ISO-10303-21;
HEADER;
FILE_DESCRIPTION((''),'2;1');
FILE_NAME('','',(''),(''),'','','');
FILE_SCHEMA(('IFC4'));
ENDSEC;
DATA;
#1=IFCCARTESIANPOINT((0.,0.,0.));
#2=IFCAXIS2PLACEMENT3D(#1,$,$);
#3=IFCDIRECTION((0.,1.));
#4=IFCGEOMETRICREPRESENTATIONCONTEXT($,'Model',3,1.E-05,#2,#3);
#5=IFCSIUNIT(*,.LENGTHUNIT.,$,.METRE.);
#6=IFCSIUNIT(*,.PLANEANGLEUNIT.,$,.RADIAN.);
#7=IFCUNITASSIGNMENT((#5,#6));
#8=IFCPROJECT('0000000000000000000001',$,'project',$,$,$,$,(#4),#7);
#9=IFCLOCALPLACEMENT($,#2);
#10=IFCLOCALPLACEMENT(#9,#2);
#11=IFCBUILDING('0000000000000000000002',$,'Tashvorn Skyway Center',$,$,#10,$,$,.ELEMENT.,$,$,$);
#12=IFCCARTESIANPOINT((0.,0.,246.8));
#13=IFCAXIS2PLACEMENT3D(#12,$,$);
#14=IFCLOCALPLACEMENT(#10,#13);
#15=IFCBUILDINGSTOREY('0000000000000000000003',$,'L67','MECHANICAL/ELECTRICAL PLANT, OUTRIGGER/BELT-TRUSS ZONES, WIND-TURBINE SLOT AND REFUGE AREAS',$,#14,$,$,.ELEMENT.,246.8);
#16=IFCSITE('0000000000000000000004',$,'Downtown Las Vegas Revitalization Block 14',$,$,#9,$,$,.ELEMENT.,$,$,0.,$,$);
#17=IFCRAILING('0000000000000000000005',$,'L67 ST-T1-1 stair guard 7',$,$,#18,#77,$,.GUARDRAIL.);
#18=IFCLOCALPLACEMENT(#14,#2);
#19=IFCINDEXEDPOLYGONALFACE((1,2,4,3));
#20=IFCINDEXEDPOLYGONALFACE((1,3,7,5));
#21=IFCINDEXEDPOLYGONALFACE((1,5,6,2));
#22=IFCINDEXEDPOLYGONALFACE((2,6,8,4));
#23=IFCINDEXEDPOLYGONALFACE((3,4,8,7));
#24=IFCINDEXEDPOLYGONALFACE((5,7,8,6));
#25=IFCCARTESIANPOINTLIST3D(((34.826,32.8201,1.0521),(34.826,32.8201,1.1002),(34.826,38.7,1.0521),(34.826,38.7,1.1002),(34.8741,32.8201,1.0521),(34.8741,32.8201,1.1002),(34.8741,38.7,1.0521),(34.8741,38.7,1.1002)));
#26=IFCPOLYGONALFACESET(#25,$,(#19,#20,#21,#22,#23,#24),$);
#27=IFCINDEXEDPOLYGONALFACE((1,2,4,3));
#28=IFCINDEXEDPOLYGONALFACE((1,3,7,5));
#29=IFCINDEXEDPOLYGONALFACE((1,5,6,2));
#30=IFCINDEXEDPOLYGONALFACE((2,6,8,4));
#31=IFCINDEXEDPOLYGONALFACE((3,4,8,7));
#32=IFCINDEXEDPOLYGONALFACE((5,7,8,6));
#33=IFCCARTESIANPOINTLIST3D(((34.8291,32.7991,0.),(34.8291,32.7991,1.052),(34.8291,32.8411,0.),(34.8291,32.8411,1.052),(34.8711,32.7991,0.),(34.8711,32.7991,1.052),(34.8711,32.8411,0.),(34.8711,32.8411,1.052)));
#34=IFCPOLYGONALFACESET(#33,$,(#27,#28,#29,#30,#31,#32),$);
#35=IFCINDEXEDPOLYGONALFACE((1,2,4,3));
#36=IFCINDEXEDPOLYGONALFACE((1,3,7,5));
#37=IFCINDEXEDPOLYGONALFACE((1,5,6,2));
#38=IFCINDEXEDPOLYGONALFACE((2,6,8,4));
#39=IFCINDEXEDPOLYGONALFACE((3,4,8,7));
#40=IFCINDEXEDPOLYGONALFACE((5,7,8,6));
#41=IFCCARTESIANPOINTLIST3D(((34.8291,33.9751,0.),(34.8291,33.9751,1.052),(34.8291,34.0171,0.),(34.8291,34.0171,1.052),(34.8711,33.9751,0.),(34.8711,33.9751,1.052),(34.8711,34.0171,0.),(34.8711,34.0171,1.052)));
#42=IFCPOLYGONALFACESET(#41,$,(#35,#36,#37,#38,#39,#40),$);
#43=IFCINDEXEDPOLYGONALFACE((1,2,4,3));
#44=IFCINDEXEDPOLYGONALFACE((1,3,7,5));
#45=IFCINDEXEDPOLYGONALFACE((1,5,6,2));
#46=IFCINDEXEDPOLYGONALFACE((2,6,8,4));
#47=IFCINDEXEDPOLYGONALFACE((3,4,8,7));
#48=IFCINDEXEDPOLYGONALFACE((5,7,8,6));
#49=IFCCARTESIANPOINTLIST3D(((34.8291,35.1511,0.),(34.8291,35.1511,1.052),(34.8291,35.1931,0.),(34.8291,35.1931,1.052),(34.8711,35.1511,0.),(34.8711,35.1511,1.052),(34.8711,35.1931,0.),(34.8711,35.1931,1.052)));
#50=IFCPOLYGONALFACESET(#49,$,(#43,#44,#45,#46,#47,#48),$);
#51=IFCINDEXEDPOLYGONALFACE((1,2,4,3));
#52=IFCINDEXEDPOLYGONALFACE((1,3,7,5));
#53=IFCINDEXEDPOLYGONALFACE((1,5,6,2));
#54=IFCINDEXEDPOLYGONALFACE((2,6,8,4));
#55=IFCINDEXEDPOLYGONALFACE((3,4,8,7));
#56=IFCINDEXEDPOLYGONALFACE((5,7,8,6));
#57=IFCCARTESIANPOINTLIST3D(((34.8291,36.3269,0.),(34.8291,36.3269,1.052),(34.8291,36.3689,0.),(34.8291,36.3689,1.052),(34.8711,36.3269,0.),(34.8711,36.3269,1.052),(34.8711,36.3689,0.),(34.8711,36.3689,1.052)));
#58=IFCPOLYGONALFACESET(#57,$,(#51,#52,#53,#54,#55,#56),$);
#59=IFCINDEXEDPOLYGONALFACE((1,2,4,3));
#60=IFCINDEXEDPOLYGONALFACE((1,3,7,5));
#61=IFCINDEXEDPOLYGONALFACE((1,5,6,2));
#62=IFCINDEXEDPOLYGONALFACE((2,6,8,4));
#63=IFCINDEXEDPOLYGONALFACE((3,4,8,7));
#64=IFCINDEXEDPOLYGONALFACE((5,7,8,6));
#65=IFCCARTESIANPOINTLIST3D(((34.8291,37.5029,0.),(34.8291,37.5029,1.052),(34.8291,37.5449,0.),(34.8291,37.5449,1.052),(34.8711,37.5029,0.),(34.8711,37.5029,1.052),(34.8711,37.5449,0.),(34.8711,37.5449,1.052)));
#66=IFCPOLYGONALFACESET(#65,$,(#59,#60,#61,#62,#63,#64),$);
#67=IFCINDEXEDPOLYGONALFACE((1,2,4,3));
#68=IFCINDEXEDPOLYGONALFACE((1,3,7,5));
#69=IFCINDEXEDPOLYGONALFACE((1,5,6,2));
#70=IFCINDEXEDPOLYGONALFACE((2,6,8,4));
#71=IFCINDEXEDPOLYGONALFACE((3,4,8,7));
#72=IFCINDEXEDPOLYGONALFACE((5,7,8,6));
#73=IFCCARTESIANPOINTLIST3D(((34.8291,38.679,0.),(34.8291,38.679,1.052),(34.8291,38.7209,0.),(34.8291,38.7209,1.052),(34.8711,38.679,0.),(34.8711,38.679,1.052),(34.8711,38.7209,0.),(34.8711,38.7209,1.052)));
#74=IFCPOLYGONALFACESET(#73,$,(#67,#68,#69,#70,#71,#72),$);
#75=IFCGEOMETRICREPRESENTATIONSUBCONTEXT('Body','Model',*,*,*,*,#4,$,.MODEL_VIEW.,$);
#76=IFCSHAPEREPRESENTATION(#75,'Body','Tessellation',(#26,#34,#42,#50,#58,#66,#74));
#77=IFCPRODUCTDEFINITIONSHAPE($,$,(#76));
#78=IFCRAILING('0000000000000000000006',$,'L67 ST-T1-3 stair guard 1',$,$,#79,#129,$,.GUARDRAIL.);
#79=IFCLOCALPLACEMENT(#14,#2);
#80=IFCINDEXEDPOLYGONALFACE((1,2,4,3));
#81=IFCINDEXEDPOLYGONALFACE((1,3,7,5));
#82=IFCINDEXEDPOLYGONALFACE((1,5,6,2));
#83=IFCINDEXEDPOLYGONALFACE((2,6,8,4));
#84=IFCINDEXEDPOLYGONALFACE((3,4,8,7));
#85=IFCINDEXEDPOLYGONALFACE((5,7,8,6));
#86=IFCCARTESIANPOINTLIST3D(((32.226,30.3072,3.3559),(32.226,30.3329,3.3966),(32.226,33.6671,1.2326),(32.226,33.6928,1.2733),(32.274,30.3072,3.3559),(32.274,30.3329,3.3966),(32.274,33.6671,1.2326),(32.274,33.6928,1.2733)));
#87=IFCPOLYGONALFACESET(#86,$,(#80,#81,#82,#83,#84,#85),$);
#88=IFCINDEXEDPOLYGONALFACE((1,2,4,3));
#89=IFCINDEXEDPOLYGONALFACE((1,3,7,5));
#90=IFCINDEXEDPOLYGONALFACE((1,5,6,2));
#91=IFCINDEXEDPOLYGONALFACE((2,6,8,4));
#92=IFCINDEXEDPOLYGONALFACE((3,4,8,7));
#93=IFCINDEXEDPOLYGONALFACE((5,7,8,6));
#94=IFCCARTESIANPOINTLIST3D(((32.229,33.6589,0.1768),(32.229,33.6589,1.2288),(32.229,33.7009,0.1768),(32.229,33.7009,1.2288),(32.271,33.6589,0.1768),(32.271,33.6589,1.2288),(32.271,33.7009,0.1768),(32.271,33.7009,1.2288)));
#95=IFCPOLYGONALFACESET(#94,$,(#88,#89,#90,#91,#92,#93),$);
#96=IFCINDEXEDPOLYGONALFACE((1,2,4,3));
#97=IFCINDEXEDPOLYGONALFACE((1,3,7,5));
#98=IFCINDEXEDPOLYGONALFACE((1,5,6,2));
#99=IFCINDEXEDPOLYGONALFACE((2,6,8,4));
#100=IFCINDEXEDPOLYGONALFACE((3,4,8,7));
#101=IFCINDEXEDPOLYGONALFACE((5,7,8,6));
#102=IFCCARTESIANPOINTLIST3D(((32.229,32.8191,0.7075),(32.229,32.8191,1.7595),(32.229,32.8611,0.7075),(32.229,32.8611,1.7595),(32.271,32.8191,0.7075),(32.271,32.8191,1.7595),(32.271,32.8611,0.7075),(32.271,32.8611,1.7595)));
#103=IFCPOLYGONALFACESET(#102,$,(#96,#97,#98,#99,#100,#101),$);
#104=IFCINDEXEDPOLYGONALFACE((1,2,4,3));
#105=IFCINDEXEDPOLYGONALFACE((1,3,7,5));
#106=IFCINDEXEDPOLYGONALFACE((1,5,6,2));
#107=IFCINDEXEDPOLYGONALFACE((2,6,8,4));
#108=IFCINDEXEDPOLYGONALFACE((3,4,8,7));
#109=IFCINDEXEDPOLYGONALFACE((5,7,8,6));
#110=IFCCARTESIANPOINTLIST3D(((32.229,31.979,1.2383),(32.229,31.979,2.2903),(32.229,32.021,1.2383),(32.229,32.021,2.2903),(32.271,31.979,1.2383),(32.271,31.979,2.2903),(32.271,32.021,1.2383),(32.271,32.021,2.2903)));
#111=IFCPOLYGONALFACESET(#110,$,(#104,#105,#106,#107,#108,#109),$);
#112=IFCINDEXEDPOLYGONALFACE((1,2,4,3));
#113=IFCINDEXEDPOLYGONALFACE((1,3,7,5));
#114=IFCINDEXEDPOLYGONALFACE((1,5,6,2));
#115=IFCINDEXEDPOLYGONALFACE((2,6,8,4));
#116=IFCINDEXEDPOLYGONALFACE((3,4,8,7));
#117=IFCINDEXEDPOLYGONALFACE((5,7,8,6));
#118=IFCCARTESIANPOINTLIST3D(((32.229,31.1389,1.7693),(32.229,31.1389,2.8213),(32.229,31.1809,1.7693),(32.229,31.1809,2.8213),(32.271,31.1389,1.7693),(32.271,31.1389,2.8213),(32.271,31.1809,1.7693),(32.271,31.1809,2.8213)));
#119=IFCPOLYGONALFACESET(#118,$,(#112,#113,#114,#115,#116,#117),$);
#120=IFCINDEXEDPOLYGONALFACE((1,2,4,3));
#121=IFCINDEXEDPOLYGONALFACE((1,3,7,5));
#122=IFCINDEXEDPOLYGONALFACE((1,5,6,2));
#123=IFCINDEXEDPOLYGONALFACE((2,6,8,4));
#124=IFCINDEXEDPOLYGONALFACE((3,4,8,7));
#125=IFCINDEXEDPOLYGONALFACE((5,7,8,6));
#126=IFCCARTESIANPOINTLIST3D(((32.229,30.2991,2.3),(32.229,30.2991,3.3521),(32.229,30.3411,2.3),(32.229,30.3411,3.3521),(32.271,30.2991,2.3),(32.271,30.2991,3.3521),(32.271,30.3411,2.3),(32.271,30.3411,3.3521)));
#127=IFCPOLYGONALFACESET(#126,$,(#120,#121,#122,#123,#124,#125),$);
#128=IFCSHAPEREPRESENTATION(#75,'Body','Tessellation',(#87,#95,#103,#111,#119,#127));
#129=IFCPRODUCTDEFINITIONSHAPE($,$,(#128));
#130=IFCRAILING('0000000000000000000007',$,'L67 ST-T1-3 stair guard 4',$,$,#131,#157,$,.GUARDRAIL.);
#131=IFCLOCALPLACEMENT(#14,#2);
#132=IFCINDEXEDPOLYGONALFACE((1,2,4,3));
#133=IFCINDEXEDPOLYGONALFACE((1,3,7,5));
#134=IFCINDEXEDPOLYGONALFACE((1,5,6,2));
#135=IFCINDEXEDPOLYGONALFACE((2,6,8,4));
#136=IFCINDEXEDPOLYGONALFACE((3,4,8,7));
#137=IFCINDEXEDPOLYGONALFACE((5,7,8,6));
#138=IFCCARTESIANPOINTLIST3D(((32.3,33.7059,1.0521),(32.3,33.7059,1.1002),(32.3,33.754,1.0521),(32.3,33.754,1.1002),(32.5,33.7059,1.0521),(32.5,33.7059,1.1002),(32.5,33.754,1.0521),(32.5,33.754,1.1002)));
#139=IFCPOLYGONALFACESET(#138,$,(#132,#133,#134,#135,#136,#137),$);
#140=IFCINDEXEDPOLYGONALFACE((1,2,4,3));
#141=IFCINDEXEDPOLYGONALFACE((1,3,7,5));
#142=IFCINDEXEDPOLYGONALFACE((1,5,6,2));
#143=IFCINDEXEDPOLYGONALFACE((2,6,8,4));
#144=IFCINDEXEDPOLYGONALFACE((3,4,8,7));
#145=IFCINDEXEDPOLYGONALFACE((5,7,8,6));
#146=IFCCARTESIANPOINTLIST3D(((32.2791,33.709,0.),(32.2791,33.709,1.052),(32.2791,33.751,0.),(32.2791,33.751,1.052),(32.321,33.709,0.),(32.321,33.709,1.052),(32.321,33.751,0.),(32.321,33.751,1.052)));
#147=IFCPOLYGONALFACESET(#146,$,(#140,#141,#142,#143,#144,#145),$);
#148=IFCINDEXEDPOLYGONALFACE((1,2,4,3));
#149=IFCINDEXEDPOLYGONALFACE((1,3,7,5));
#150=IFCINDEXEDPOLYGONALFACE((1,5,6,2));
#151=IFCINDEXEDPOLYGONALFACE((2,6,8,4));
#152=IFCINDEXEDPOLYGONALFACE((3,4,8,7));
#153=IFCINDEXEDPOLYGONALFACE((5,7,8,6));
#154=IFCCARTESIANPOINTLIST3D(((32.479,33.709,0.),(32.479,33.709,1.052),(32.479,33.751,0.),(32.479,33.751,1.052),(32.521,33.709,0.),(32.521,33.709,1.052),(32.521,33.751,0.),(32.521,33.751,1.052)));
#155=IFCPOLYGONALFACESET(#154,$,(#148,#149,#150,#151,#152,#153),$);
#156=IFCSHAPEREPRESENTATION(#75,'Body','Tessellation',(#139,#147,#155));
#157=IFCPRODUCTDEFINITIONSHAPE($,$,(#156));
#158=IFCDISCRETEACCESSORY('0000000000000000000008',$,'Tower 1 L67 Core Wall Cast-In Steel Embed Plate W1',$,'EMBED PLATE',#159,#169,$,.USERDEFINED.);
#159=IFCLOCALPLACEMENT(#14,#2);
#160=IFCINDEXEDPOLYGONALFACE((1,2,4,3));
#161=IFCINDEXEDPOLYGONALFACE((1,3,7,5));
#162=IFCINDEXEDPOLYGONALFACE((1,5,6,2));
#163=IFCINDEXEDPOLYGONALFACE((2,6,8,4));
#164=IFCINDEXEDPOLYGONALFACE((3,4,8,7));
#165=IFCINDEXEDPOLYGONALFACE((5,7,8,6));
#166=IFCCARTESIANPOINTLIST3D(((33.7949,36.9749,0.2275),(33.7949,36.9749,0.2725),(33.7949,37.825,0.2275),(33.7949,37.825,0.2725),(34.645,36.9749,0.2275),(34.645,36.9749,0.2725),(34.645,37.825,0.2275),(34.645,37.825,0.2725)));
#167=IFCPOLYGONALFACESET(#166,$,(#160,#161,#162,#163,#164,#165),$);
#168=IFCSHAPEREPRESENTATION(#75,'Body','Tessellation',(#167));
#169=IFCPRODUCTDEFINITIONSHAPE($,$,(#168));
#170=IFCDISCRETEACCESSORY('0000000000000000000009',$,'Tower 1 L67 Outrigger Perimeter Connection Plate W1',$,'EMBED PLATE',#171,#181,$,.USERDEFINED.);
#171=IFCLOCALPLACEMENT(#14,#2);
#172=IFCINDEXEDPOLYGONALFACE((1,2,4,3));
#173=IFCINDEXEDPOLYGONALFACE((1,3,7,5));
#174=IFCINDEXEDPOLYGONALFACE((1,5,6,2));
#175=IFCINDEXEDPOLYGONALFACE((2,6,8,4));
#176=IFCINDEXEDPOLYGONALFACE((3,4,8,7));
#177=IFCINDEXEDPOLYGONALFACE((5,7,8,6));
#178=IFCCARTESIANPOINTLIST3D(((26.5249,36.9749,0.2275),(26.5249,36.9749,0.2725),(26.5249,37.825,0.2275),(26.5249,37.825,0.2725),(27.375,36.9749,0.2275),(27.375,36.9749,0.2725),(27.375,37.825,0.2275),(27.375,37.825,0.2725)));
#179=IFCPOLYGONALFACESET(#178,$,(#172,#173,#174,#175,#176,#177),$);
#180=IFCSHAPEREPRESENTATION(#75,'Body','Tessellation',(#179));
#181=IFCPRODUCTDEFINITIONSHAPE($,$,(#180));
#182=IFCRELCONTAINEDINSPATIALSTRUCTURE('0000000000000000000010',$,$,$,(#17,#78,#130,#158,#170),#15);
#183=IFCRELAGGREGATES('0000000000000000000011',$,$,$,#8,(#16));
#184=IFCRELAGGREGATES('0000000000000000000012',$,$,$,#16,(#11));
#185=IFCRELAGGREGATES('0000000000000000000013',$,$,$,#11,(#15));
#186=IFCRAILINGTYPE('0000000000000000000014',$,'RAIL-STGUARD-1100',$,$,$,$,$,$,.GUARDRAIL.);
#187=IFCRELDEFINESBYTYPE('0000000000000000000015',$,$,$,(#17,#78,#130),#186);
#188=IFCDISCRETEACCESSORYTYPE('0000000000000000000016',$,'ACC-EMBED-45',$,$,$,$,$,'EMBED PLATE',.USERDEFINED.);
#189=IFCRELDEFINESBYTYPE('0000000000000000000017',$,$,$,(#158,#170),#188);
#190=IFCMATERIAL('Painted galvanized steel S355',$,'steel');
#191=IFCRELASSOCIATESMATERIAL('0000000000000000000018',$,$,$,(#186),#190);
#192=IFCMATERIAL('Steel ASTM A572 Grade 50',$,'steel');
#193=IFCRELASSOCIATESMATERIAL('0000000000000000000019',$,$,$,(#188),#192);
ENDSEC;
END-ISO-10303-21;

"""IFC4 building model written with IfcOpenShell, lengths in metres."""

from ifc_helpers import new_model, si_unit, direction, frame, origin, origin_2d, place, context, subcontext, project, spatial, rectangle, extrude, material, type_object, element, save


model = new_model("IFC4")

# Units and contexts
model_context = context("Model", 3, precision=1e-05, world=origin(), true_north=direction((0.0, 1.0)))
body_context = subcontext(model_context, "Body", "Model", "MODEL_VIEW")
ifc_project = project(units=[si_unit("LENGTHUNIT", "METRE"), si_unit("PLANEANGLEUNIT", "RADIAN")], contexts=[model_context])

# Site, building, storey
site_placement = place(None, origin())
site = spatial("IfcSite", under=ifc_project, at=site_placement, Name="Downtown Las Vegas Revitalization Block 14", CompositionType="ELEMENT", RefElevation=0.0)
building_placement = place(site_placement, origin())
building = spatial("IfcBuilding", under=site, at=building_placement, Name="Tashvorn Skyway Center", CompositionType="ELEMENT")
storey_placement = place(building_placement, frame((0.0, 0.0, 246.8)))
storey = spatial("IfcBuildingStorey", under=building, at=storey_placement, Name="L67", Description="MECHANICAL/ELECTRICAL PLANT, OUTRIGGER/BELT-TRUSS ZONES, WIND-TURBINE SLOT AND REFUGE AREAS", CompositionType="ELEMENT", Elevation=246.8)

# Shared definitions
ifc_material_1 = material(Name="Steel ASTM A572 Grade 50", Category="steel")

# Railings
ifc_material_2 = material(Name="Painted galvanized steel S355", Category="steel")
railing_type_1 = type_object("IfcRailingType", Name="RAIL-STGUARD-1100", PredefinedType="GUARDRAIL", material=ifc_material_2)
railing_1_placement = place(storey_placement, frame((34.8501, 32.8201, 0.0)))
element("IfcRailing", 1, at=railing_1_placement, inside=storey, type_object=railing_type_1, Name="L67 ST-T1-1 stair guard 7", PredefinedType="GUARDRAIL", context=body_context, shape_type="SweptSolid", body=[
    extrude(rectangle(XDim=0.0481, YDim=0.0481, at=origin_2d()), frame((0.0, 0.0, 1.0762), z_axis=(0.0, 1.0, 0.0), x_axis=(-1.0, 0.0, 0.0)), (0.0, 0.0, 1.0), 5.8799),
    extrude(rectangle(XDim=0.042, YDim=0.042, at=origin_2d()), origin(), (0.0, 0.0, 1.0), 1.052),
    extrude(rectangle(XDim=0.042, YDim=0.042, at=origin_2d()), frame((0.0, 1.176, 0.0)), (0.0, 0.0, 1.0), 1.052),
    extrude(rectangle(XDim=0.042, YDim=0.042, at=origin_2d()), frame((0.0, 2.3521, 0.0)), (0.0, 0.0, 1.0), 1.052),
    extrude(rectangle(XDim=0.042, YDim=0.042, at=origin_2d()), frame((0.0, 3.5278, 0.0)), (0.0, 0.0, 1.0), 1.052),
    extrude(rectangle(XDim=0.042, YDim=0.042, at=origin_2d()), frame((0.0, 4.7039, 0.0)), (0.0, 0.0, 1.0), 1.052),
    extrude(rectangle(XDim=0.042, YDim=0.042, at=origin_2d()), frame((0.0, 5.8799, 0.0)), (0.0, 0.0, 1.0), 1.052),
])
railing_2_placement = place(storey_placement, frame((32.25, 33.6799, 0.1768)))
element("IfcRailing", 2, at=railing_2_placement, inside=storey, type_object=railing_type_1, Name="L67 ST-T1-3 stair guard 1", PredefinedType="GUARDRAIL", context=body_context, shape_type="SweptSolid", body=[
    extrude(rectangle(XDim=0.0481, YDim=0.0481, at=origin_2d()), frame((0.0, 0.0, 1.0762), z_axis=(0.0, -0.845344, 0.534222), x_axis=(1.0, 0.0, 0.0)), (0.0, 0.0, 1.0), 3.9746),
    extrude(rectangle(XDim=0.042, YDim=0.042, at=origin_2d()), origin(), (0.0, 0.0, 1.0), 1.052),
    extrude(rectangle(XDim=0.042, YDim=0.042, at=origin_2d()), frame((0.0, -0.8398, 0.5308)), (0.0, 0.0, 1.0), 1.052),
    extrude(rectangle(XDim=0.042, YDim=0.042, at=origin_2d()), frame((0.0, -1.6799, 1.0615)), (0.0, 0.0, 1.0), 1.052),
    extrude(rectangle(XDim=0.042, YDim=0.042, at=origin_2d()), frame((0.0, -2.52, 1.5925)), (0.0, 0.0, 1.0), 1.052),
    extrude(rectangle(XDim=0.042, YDim=0.042, at=origin_2d()), frame((0.0, -3.3599, 2.1233)), (0.0, 0.0, 1.0), 1.052),
])
railing_3_placement = place(storey_placement, frame((32.3, 33.73, 0.0)))
element("IfcRailing", 3, at=railing_3_placement, inside=storey, type_object=railing_type_1, Name="L67 ST-T1-3 stair guard 4", PredefinedType="GUARDRAIL", context=body_context, shape_type="SweptSolid", body=[
    extrude(rectangle(XDim=0.0481, YDim=0.0481, at=origin_2d()), frame((0.0, 0.0, 1.0762), z_axis=(1.0, 0.0, 0.0), x_axis=(0.0, 1.0, 0.0)), (0.0, 0.0, 1.0), 0.2),
    extrude(rectangle(XDim=0.042, YDim=0.042, at=origin_2d()), origin(), (0.0, 0.0, 1.0), 1.052),
    extrude(rectangle(XDim=0.042, YDim=0.042, at=origin_2d()), frame((0.2, 0.0, 0.0)), (0.0, 0.0, 1.0), 1.052),
])

# Discrete accessories
discrete_accessory_type = type_object("IfcDiscreteAccessoryType", Name="ACC-EMBED-45", ElementType="EMBED PLATE", PredefinedType="USERDEFINED", material=ifc_material_1)
for number, where, z_axis, x_axis, name in (
    (4, (34.22, 37.3999, 0.2275), (0.0, 0.0, 1.0), (1.0, 0.0, 0.0), "Tower 1 L67 Core Wall Cast-In Steel Embed Plate W1"),
    (5, (26.95, 37.3999, 0.2275), (0.0, 0.0, 1.0), (1.0, 0.0, 0.0), "Tower 1 L67 Outrigger Perimeter Connection Plate W1"),
):
    element("IfcDiscreteAccessory", number, at=place(storey_placement, frame(where, z_axis=z_axis, x_axis=x_axis)), inside=storey, type_object=discrete_accessory_type, Name=name, ObjectType="EMBED PLATE", PredefinedType="USERDEFINED", context=body_context, shape_type="SweptSolid", body=[
        extrude(rectangle(XDim=0.8501, YDim=0.8501, at=origin_2d()), origin(), (0.0, 0.0, 1.0), 0.0449),
    ])

save(model, "model.ifc")
